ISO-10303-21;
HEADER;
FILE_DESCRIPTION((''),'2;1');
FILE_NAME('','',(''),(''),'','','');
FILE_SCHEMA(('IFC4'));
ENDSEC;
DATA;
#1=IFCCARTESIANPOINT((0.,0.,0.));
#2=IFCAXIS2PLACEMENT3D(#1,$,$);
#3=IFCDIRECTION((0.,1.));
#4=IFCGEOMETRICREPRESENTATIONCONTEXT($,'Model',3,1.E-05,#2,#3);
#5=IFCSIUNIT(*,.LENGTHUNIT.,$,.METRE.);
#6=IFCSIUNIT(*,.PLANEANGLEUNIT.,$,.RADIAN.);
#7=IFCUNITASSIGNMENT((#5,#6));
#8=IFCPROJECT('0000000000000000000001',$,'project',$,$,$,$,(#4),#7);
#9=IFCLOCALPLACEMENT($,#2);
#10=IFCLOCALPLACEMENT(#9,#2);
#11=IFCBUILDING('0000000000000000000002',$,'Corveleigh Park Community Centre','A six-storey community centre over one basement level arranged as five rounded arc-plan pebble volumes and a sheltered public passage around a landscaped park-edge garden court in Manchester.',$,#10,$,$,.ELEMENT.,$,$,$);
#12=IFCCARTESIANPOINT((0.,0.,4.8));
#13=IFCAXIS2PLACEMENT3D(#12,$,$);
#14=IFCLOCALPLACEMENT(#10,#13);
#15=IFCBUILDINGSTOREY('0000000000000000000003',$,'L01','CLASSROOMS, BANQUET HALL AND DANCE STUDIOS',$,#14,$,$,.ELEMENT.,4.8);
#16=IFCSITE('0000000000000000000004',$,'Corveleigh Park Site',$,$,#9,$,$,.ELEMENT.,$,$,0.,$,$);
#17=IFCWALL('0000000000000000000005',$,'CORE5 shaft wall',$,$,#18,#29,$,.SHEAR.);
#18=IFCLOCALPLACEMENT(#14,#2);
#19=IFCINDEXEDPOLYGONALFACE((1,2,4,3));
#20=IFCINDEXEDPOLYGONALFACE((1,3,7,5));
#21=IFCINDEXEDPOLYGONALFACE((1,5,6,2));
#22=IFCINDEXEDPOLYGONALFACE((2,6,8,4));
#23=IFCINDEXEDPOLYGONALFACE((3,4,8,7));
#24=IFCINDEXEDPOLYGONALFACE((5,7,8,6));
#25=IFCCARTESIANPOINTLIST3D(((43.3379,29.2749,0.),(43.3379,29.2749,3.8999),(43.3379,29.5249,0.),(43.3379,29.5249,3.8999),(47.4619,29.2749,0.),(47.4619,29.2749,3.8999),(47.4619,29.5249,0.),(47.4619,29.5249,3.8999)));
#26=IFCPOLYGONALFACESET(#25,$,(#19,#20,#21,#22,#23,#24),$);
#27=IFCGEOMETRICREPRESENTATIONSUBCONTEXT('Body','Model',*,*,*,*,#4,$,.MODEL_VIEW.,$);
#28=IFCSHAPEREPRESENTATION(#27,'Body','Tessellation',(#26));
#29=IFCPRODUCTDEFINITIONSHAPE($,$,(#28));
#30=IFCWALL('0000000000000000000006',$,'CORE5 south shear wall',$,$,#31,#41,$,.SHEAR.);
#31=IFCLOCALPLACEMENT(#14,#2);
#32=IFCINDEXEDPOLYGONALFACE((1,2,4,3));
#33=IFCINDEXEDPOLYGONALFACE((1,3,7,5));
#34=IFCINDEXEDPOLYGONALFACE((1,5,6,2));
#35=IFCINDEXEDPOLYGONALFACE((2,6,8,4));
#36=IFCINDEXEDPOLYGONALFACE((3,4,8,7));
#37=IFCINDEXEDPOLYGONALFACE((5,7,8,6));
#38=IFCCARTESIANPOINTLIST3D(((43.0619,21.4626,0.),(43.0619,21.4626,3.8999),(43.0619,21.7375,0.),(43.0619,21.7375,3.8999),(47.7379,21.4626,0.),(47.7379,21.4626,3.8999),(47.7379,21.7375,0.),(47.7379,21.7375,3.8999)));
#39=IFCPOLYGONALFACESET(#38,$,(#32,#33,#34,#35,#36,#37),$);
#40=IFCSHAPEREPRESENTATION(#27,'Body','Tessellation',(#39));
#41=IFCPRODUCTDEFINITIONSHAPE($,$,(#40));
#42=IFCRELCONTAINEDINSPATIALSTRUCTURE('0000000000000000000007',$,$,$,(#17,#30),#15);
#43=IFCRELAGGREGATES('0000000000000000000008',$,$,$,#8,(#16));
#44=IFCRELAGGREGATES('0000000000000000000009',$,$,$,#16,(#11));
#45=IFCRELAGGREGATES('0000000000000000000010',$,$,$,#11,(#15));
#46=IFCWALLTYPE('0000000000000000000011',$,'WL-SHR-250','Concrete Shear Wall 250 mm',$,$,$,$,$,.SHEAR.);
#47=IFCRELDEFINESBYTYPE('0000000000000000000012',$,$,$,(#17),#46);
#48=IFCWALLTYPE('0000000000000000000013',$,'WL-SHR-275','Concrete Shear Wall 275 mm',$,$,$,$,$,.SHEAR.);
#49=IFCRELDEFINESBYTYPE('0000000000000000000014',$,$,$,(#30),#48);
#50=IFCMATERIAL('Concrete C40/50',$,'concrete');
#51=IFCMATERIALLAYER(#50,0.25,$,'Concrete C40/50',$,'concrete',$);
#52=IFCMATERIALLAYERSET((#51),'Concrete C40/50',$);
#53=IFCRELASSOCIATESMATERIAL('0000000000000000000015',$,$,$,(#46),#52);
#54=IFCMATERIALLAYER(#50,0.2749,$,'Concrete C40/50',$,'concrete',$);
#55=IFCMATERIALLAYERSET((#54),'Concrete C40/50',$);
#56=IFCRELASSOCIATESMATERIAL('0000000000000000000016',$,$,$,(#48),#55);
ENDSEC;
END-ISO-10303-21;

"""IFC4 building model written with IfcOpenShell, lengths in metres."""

from ifc_helpers import new_model, si_unit, direction, frame, frame_2d, origin, place, context, subcontext, project, spatial, rectangle, extrude, material, layer, layer_set, type_object, element, save


model = new_model("IFC4")

# Units and contexts
model_context = context("Model", 3, precision=1e-05, world=origin(), true_north=direction((0.0, 1.0)))
body_context = subcontext(model_context, "Body", "Model", "MODEL_VIEW")
ifc_project = project(units=[si_unit("LENGTHUNIT", "METRE"), si_unit("PLANEANGLEUNIT", "RADIAN")], contexts=[model_context])

# Site, building, storey
site_placement = place(None, origin())
site = spatial("IfcSite", under=ifc_project, at=site_placement, Name="Corveleigh Park Site", CompositionType="ELEMENT", RefElevation=0.0)
building_placement = place(site_placement, origin())
building = spatial("IfcBuilding", under=site, at=building_placement, Name="Corveleigh Park Community Centre", Description="A six-storey community centre over one basement level arranged as five rounded arc-plan pebble volumes and a sheltered public passage around a landscaped park-edge garden court in Manchester.", CompositionType="ELEMENT")
storey_placement = place(building_placement, frame((0.0, 0.0, 4.8)))
storey = spatial("IfcBuildingStorey", under=building, at=storey_placement, Name="L01", Description="CLASSROOMS, BANQUET HALL AND DANCE STUDIOS", CompositionType="ELEMENT", Elevation=4.8)

# Shared definitions
ifc_material_1 = material(Name="Concrete C40/50", Category="concrete")

# Walls
ifc_layer_1 = layer(ifc_material_1, 0.25, Name="Concrete C40/50", Category="concrete")
ifc_layer_set_1 = layer_set([ifc_layer_1], Name="Concrete C40/50")
wall_type_1 = type_object("IfcWallType", Name="WL-SHR-250", Description="Concrete Shear Wall 250 mm", PredefinedType="SHEAR", material=ifc_layer_set_1)
wall_1_placement = place(storey_placement, frame((43.3379, 29.3999, 0.0), z_axis=(0.0, 0.0, 1.0), x_axis=(1.0, 0.0, 0.0)))
element("IfcWall", 1, at=wall_1_placement, inside=storey, type_object=wall_type_1, Name="CORE5 shaft wall", PredefinedType="SHEAR", context=body_context, shape_type="SweptSolid", body=[
    extrude(rectangle(XDim=4.124, YDim=0.25, at=frame_2d((2.062, 0.0))), origin(), (0.0, 0.0, 1.0), 3.8999),
])
ifc_layer_2 = layer(ifc_material_1, 0.2749, Name="Concrete C40/50", Category="concrete")
ifc_layer_set_2 = layer_set([ifc_layer_2], Name="Concrete C40/50")
wall_type_2 = type_object("IfcWallType", Name="WL-SHR-275", Description="Concrete Shear Wall 275 mm", PredefinedType="SHEAR", material=ifc_layer_set_2)
wall_2_placement = place(storey_placement, frame((43.062, 21.6001, 0.0), z_axis=(0.0, 0.0, 1.0), x_axis=(1.0, 0.0, 0.0)))
element("IfcWall", 2, at=wall_2_placement, inside=storey, type_object=wall_type_2, Name="CORE5 south shear wall", PredefinedType="SHEAR", context=body_context, shape_type="SweptSolid", body=[
    extrude(rectangle(XDim=4.676, YDim=0.2749, at=frame_2d((2.3379, 0.0))), origin(), (0.0, 0.0, 1.0), 3.8999),
])

save(model, "model.ifc")
